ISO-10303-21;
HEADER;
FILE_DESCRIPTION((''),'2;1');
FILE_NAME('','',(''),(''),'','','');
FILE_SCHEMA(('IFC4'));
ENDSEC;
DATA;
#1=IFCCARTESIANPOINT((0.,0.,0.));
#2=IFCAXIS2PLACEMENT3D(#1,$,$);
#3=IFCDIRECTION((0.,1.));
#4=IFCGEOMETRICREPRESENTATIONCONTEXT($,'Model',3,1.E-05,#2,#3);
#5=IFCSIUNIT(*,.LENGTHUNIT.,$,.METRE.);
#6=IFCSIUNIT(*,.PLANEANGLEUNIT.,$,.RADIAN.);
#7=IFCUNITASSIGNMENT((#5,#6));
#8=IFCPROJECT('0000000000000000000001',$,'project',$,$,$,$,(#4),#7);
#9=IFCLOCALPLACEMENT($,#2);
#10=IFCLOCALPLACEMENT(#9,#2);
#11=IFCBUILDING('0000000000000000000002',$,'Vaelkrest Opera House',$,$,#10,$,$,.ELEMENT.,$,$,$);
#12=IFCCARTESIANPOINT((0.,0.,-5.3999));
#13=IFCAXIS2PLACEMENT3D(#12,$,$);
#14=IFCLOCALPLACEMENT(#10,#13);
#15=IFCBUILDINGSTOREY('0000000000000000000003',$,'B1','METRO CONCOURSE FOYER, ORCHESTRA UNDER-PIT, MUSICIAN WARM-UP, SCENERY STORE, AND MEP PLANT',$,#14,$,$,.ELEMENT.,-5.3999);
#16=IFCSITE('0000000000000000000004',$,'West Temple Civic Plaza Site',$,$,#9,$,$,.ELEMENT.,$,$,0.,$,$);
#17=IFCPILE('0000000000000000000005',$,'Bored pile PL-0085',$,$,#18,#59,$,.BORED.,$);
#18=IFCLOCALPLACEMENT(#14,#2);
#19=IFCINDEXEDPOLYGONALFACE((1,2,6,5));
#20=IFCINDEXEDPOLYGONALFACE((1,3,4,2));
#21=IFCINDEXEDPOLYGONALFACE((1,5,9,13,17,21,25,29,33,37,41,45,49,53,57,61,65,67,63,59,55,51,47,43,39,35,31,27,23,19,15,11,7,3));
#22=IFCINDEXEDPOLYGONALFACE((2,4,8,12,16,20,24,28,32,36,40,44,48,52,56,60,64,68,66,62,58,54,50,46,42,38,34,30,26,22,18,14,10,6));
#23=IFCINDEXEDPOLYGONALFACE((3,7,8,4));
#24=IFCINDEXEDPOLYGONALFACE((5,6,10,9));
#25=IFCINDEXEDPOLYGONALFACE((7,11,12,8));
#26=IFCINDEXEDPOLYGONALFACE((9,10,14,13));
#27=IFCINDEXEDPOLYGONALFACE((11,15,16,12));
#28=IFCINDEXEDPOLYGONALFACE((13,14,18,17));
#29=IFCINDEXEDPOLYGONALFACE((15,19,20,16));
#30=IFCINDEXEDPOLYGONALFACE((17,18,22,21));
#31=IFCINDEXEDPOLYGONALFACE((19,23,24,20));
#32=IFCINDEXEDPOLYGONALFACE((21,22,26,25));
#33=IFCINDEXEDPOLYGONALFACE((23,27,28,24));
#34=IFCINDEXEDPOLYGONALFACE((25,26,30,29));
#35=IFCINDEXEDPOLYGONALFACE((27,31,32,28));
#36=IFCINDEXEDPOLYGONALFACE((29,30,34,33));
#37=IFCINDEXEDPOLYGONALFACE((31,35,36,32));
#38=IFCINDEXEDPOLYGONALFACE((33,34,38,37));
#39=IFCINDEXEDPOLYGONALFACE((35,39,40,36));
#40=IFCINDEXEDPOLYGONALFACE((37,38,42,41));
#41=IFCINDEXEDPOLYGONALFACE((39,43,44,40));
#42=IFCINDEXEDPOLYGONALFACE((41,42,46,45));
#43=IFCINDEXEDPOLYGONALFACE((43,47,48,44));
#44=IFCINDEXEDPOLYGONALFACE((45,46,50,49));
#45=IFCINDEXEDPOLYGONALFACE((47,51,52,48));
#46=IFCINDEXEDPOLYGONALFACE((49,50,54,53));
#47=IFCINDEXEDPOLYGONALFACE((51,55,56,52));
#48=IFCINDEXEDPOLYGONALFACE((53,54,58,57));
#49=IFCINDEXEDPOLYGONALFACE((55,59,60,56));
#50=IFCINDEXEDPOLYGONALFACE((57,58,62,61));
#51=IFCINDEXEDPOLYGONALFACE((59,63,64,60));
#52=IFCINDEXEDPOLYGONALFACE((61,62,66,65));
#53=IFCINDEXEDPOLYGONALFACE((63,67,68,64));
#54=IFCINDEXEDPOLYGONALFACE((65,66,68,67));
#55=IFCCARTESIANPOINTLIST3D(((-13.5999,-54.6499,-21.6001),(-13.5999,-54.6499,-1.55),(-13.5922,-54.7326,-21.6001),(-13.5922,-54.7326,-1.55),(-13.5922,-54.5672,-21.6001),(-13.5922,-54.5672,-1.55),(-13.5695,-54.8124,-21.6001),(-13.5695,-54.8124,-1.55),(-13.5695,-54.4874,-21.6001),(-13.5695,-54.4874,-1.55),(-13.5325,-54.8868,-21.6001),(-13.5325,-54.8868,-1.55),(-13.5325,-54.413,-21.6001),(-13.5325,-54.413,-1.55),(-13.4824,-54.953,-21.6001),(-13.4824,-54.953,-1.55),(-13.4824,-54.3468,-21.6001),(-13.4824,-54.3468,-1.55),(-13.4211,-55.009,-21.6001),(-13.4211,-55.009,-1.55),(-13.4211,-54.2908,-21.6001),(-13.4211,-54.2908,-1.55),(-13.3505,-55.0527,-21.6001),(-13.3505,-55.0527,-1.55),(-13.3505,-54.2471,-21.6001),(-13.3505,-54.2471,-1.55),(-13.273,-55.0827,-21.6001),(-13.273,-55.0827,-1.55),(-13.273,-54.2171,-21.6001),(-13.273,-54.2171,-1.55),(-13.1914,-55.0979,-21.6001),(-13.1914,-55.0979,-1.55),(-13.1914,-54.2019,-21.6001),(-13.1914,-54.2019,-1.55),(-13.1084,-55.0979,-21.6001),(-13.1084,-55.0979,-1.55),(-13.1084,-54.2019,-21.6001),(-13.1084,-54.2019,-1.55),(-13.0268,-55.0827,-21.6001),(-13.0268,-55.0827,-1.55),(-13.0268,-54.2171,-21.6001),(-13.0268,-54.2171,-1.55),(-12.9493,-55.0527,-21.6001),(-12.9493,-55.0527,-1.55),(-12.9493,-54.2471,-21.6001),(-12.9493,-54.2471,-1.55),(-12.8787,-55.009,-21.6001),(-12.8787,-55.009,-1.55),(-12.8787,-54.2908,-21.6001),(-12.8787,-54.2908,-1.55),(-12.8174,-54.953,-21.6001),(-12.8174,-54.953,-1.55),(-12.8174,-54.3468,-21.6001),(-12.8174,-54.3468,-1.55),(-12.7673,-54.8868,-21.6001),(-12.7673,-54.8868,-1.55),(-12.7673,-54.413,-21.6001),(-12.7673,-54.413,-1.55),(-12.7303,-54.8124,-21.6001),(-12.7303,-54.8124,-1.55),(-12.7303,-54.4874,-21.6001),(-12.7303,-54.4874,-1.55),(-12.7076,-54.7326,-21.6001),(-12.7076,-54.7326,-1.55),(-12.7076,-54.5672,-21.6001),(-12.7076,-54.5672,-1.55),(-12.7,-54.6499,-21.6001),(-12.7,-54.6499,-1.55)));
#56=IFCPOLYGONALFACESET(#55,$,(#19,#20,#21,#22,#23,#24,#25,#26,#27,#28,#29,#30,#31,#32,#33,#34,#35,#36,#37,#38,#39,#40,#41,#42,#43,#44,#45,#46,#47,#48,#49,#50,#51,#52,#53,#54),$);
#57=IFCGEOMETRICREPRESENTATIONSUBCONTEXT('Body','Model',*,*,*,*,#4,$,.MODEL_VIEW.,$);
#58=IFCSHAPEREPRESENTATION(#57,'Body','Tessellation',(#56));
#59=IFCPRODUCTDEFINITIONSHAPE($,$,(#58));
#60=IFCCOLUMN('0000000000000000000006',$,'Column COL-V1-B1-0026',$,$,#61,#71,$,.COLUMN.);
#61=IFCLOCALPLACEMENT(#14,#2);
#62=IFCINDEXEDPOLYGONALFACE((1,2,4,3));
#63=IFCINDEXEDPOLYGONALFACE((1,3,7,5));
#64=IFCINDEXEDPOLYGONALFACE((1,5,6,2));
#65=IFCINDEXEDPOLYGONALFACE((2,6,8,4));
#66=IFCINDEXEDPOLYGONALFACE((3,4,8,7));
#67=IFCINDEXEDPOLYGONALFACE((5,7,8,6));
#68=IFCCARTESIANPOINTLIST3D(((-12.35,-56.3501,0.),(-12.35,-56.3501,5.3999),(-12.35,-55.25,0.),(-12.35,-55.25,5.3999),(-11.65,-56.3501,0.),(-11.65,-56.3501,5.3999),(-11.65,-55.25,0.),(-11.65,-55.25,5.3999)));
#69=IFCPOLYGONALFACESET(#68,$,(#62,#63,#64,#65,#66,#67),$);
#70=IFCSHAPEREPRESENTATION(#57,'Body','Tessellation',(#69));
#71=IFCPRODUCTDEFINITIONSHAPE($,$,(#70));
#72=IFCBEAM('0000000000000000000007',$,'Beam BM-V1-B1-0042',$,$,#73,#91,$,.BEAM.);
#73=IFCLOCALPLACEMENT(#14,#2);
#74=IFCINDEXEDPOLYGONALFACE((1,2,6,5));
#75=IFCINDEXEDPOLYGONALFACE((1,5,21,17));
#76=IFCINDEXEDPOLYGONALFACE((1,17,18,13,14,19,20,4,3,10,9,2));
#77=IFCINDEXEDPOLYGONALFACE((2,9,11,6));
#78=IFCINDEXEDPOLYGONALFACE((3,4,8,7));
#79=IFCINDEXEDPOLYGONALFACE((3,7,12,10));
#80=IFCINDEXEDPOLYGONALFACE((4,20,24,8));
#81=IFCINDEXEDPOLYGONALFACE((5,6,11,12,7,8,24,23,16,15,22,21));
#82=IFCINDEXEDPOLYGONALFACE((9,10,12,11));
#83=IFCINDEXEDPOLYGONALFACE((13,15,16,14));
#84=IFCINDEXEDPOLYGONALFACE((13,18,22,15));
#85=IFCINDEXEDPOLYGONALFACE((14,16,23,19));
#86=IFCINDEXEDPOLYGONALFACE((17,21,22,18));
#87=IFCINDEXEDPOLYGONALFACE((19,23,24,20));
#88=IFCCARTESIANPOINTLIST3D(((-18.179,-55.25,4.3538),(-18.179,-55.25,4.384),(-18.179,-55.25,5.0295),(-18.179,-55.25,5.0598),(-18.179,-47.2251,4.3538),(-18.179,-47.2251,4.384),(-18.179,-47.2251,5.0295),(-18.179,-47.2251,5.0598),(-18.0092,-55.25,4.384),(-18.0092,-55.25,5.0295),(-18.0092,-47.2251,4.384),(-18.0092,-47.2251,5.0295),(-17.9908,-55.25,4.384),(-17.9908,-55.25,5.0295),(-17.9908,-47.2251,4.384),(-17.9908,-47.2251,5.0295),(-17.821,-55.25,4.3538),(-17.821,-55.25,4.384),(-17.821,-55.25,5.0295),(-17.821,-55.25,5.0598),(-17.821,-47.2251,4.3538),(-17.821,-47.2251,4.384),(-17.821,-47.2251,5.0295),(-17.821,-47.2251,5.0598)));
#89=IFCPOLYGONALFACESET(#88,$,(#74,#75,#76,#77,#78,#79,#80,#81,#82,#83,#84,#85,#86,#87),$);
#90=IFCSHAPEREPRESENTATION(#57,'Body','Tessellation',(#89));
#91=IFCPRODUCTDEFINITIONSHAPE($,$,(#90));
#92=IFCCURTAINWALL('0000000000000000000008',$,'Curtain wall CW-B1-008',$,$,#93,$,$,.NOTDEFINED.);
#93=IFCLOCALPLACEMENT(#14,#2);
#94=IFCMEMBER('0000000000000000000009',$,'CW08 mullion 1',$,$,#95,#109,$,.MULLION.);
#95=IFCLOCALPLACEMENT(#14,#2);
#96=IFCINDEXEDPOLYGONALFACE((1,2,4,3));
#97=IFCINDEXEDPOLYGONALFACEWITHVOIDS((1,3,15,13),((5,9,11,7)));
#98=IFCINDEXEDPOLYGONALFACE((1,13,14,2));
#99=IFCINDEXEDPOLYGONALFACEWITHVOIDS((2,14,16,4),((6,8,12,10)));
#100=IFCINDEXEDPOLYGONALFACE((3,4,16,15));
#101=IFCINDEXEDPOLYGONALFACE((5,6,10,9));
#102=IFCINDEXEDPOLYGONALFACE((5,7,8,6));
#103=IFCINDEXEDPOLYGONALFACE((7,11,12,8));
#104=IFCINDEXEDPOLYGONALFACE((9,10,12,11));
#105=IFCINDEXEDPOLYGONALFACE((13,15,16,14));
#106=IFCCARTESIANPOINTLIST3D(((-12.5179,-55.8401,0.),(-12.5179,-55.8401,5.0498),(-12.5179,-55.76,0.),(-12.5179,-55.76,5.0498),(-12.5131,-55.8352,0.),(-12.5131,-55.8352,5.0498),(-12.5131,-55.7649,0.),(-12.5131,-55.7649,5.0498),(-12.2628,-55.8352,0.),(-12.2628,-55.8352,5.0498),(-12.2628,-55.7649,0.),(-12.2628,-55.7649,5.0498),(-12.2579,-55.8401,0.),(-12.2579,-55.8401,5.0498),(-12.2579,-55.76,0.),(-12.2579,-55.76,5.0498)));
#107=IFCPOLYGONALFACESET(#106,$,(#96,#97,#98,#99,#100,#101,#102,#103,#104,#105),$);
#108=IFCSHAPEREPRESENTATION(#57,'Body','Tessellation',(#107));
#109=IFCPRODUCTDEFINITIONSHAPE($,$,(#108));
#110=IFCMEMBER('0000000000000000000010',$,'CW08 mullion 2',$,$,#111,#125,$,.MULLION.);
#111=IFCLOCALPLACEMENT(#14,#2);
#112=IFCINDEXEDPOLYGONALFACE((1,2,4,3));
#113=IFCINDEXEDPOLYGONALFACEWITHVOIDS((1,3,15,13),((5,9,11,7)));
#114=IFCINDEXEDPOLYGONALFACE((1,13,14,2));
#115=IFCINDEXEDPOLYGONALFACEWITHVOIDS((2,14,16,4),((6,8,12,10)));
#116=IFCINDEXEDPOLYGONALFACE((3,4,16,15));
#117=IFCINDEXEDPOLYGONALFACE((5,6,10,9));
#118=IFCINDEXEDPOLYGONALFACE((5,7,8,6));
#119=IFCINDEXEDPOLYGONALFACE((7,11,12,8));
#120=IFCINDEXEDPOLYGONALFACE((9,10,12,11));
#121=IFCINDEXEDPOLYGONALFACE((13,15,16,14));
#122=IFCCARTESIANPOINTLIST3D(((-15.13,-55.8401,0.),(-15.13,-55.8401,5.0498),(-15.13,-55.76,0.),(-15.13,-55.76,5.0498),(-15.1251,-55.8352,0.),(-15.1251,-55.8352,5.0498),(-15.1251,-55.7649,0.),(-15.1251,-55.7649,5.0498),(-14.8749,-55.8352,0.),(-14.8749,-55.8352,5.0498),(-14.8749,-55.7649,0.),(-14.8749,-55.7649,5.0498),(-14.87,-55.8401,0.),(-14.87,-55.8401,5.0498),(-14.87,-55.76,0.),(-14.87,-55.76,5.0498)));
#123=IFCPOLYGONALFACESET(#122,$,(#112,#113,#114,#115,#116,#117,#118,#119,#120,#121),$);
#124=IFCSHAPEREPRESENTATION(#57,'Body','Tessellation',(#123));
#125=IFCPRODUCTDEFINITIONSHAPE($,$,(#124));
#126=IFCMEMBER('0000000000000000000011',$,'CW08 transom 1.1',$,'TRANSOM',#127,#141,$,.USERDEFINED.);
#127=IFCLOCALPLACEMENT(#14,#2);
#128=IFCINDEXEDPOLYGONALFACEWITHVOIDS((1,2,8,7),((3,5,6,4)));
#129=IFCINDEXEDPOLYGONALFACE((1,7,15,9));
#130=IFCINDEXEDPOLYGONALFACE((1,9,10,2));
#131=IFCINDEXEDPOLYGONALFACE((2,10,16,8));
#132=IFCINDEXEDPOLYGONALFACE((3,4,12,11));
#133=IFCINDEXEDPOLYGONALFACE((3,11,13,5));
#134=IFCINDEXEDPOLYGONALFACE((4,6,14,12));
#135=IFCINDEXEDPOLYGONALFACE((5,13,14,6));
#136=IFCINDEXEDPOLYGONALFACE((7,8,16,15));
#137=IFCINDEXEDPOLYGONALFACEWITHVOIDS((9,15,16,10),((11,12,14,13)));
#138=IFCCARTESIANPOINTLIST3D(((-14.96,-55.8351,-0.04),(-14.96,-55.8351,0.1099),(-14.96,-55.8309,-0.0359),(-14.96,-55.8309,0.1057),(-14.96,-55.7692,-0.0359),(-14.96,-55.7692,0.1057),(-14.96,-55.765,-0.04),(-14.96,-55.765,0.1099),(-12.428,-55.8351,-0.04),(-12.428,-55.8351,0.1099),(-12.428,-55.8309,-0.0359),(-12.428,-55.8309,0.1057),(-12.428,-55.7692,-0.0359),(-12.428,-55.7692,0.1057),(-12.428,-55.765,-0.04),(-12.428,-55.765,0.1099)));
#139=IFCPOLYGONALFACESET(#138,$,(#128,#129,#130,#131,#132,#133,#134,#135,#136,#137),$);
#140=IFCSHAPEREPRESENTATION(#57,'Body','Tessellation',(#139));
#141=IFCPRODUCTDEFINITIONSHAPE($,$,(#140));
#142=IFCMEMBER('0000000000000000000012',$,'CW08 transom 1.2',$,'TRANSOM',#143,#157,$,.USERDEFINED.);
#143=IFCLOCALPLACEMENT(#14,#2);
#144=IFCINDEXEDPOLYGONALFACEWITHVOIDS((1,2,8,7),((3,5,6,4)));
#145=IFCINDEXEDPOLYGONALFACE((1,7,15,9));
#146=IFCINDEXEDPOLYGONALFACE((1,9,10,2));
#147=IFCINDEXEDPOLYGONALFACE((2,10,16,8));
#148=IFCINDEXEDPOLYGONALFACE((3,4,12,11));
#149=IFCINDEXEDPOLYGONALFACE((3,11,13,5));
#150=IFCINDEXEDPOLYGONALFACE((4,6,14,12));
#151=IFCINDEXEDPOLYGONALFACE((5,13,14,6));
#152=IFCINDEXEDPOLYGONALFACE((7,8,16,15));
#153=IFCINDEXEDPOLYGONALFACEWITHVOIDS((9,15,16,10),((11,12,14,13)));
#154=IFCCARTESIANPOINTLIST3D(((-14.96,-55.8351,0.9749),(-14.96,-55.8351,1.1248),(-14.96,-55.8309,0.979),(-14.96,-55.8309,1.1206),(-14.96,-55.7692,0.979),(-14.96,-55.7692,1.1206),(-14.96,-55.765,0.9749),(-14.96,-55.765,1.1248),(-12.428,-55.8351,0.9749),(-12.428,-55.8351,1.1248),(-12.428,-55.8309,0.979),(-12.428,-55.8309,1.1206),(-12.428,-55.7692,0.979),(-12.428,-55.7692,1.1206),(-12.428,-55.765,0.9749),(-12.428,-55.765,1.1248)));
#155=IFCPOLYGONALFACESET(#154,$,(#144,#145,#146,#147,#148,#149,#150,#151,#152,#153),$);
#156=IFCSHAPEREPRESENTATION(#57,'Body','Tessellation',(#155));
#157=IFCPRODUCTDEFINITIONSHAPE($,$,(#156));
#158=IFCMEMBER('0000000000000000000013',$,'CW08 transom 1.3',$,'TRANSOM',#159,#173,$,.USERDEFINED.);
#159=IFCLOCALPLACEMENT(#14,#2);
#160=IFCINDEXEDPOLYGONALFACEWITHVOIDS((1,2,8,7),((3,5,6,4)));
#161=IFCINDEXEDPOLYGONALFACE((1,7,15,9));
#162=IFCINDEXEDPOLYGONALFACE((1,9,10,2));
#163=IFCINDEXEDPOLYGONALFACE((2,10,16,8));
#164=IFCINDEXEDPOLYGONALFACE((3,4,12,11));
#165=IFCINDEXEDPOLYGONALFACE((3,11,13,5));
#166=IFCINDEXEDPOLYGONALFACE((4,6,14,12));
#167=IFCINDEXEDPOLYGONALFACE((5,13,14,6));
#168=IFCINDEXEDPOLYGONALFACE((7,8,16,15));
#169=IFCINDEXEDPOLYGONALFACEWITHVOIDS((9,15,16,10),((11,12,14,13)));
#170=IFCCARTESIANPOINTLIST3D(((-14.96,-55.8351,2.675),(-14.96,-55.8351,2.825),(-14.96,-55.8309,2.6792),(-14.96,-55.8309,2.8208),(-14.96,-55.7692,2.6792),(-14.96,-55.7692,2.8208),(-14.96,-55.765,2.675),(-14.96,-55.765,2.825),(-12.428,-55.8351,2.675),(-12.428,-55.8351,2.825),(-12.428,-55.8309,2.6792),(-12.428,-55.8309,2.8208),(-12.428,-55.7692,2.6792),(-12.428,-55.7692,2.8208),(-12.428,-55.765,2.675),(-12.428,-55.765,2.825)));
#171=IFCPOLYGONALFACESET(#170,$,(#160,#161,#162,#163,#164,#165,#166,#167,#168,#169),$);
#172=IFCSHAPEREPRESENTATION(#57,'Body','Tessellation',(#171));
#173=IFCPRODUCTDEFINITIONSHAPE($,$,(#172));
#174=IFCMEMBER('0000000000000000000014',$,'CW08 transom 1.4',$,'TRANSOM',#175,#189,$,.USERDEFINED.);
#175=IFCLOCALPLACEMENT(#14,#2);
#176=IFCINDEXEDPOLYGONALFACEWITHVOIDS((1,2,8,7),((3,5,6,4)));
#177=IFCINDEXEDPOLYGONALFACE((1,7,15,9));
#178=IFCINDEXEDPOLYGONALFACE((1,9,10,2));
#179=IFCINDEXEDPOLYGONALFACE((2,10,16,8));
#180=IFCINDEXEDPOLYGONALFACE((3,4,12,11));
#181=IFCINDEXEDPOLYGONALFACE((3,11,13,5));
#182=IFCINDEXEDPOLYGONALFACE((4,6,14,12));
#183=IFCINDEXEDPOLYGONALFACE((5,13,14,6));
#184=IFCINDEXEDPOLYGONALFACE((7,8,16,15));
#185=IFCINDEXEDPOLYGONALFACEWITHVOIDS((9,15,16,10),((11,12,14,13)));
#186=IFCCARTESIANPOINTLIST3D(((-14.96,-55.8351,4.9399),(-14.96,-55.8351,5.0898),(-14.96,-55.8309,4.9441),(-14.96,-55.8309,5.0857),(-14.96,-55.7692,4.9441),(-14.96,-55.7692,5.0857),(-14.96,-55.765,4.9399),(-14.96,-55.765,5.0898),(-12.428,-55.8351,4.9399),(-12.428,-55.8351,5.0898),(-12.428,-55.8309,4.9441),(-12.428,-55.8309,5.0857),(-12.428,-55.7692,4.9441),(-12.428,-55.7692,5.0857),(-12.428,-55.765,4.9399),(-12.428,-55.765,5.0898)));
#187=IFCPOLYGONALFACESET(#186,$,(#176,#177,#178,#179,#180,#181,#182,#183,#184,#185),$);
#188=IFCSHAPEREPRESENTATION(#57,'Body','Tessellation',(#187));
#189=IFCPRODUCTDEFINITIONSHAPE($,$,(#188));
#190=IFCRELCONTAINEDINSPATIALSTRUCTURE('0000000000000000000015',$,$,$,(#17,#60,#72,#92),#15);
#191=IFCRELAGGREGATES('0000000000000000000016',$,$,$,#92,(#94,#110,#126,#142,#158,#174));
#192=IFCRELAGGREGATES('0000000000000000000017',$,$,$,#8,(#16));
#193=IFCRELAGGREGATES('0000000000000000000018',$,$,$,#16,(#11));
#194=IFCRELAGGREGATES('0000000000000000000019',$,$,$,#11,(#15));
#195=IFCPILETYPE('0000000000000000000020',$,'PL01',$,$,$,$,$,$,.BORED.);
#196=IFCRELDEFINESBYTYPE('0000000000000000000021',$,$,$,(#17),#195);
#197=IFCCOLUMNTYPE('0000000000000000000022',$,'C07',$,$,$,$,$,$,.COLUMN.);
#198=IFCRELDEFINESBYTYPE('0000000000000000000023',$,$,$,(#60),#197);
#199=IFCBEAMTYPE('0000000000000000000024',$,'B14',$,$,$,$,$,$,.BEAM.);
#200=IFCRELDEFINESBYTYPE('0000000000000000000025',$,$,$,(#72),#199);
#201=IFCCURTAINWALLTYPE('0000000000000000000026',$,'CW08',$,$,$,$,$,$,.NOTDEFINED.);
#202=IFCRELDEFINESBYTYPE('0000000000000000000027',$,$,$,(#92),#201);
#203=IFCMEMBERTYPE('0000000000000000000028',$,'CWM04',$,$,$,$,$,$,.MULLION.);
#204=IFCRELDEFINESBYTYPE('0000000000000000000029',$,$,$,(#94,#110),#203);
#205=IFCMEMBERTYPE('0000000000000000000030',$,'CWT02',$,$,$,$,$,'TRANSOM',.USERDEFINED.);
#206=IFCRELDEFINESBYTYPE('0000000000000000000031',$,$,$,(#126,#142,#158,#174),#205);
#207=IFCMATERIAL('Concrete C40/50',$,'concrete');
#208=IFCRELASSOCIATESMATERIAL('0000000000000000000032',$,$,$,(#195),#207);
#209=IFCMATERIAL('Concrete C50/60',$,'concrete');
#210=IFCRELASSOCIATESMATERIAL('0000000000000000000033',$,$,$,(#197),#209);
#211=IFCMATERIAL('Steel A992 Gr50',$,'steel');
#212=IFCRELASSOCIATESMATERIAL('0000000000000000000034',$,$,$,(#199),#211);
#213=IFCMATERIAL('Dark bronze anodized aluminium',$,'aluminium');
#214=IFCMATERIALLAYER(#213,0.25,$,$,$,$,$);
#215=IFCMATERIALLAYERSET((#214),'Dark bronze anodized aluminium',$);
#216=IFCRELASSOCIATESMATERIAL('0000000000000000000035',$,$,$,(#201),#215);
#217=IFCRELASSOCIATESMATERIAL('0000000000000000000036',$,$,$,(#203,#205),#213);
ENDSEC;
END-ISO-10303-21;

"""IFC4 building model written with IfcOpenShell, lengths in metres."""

from ifc_helpers import new_model, si_unit, direction, frame, origin, origin_2d, place, context, subcontext, project, spatial, rectangle, hollow_rectangle, circle, i_section, extrude, material, layer, layer_set, material_profile, profile_set, type_object, element, aggregate, save


model = new_model("IFC4")

# Units and contexts
model_context = context("Model", 3, precision=1e-05, world=origin(), true_north=direction((0.0, 1.0)))
body_context = subcontext(model_context, "Body", "Model", "MODEL_VIEW")
ifc_project = project(units=[si_unit("LENGTHUNIT", "METRE"), si_unit("PLANEANGLEUNIT", "RADIAN")], contexts=[model_context])

# Site, building, storey
site_placement = place(None, origin())
site = spatial("IfcSite", under=ifc_project, at=site_placement, Name="West Temple Civic Plaza Site", CompositionType="ELEMENT", RefElevation=0.0)
building_placement = place(site_placement, origin())
building = spatial("IfcBuilding", under=site, at=building_placement, Name="Vaelkrest Opera House", CompositionType="ELEMENT")
storey_placement = place(building_placement, frame((0.0, 0.0, -5.3999)))
storey = spatial("IfcBuildingStorey", under=building, at=storey_placement, Name="B1", Description="METRO CONCOURSE FOYER, ORCHESTRA UNDER-PIT, MUSICIAN WARM-UP, SCENERY STORE, AND MEP PLANT", CompositionType="ELEMENT", Elevation=-5.3999)

# Shared definitions
ifc_material_1 = material(Name="Concrete C40/50", Category="concrete")

# Pile
ifc_material_profile_1 = material_profile(ifc_material_1, circle(Radius=0.45, at=origin_2d()), Name="PILE900")
ifc_profile_set_1 = profile_set([ifc_material_profile_1], Name="Concrete C40/50")
pile_type = type_object("IfcPileType", Name="PL01", PredefinedType="BORED", material=ifc_profile_set_1)
pile_1_placement = place(storey_placement, frame((-13.1499, -54.6499, -1.55), z_axis=(0.0, 0.0, -1.0), x_axis=(1.0, 0.0, 0.0)))
element("IfcPile", 1, at=pile_1_placement, inside=storey, type_object=pile_type, Name="Bored pile PL-0085", PredefinedType="BORED", context=body_context, shape_type="SweptSolid", body=[
    extrude(circle(Radius=0.45, at=origin_2d()), origin(), (0.0, 0.0, 1.0), 20.05),
])

# Column
ifc_material_2 = material(Name="Concrete C50/60", Category="concrete")
ifc_material_profile_2 = material_profile(ifc_material_2, rectangle(XDim=0.7, YDim=1.1001, at=origin_2d()), Name="RC700X1100")
ifc_profile_set_2 = profile_set([ifc_material_profile_2], Name="Concrete C50/60")
column_type = type_object("IfcColumnType", Name="C07", PredefinedType="COLUMN", material=ifc_profile_set_2)
column_placement = place(storey_placement, frame((-12.0, -55.8, 0.0), z_axis=(0.0, 0.0, 1.0), x_axis=(1.0, 0.0, 0.0)))
element("IfcColumn", 2, at=column_placement, inside=storey, type_object=column_type, Name="Column COL-V1-B1-0026", PredefinedType="COLUMN", context=body_context, shape_type="SweptSolid", body=[
    extrude(rectangle(XDim=0.7, YDim=1.1001, at=origin_2d()), origin(), (0.0, 0.0, 1.0), 5.3999),
])

# Beam
ifc_material_3 = material(Name="Steel A992 Gr50", Category="steel")
ifc_material_profile_3 = material_profile(ifc_material_3, i_section(OverallWidth=0.3579, OverallDepth=0.7061, WebThickness=0.0183, FlangeThickness=0.0303, at=origin_2d()), Name="W27X178")
ifc_profile_set_3 = profile_set([ifc_material_profile_3], Name="Steel A992 Gr50")
beam_type = type_object("IfcBeamType", Name="B14", PredefinedType="BEAM", material=ifc_profile_set_3)
beam_placement = place(storey_placement, frame((-18.0, -55.25, 4.7068), z_axis=(0.0, 1.0, 0.0), x_axis=(-1.0, 0.0, 0.0)))
element("IfcBeam", 3, at=beam_placement, inside=storey, type_object=beam_type, Name="Beam BM-V1-B1-0042", PredefinedType="BEAM", context=body_context, shape_type="SweptSolid", body=[
    extrude(i_section(OverallWidth=0.3579, OverallDepth=0.7061, WebThickness=0.0183, FlangeThickness=0.0303, at=origin_2d()), origin(), (0.0, 0.0, 1.0), 8.0249),
])

# Curtain wall, members
ifc_material_4 = material(Name="Dark bronze anodized aluminium", Category="aluminium")
ifc_layer_1 = layer(ifc_material_4, 0.25)
ifc_layer_set_1 = layer_set([ifc_layer_1], Name="Dark bronze anodized aluminium")
curtain_wall_type = type_object("IfcCurtainWallType", Name="CW08", PredefinedType="NOTDEFINED", material=ifc_layer_set_1)
curtain_wall_placement = place(storey_placement, origin())
curtain_wall = element("IfcCurtainWall", 4, at=curtain_wall_placement, inside=storey, type_object=curtain_wall_type, Name="Curtain wall CW-B1-008", PredefinedType="NOTDEFINED")
ifc_material_profile_4 = material_profile(ifc_material_4, hollow_rectangle(XDim=0.0801, YDim=0.26, WallThickness=0.0049, at=origin_2d()), Name="CWM80X260")
ifc_profile_set_4 = profile_set([ifc_material_profile_4], Name="Dark bronze anodized aluminium")
member_type_1 = type_object("IfcMemberType", Name="CWM04", PredefinedType="MULLION", material=ifc_profile_set_4)
member_1_placement = place(storey_placement, frame((-12.3879, -55.8, 0.0), z_axis=(0.0, 0.0, 1.0), x_axis=(0.0, -1.0, 0.0)))
member_1 = element("IfcMember", 5, at=member_1_placement, type_object=member_type_1, Name="CW08 mullion 1", PredefinedType="MULLION", context=body_context, shape_type="SweptSolid", body=[
    extrude(hollow_rectangle(XDim=0.0801, YDim=0.26, WallThickness=0.0049, at=origin_2d()), origin(), (0.0, 0.0, 1.0), 5.0498),
])
member_2_placement = place(storey_placement, frame((-15.0, -55.8, 0.0), z_axis=(0.0, 0.0, 1.0), x_axis=(0.0, -1.0, 0.0)))
member_2 = element("IfcMember", 6, at=member_2_placement, type_object=member_type_1, Name="CW08 mullion 2", PredefinedType="MULLION", context=body_context, shape_type="SweptSolid", body=[
    extrude(hollow_rectangle(XDim=0.0801, YDim=0.26, WallThickness=0.0049, at=origin_2d()), origin(), (0.0, 0.0, 1.0), 5.0498),
])
ifc_material_profile_5 = material_profile(ifc_material_4, hollow_rectangle(XDim=0.0701, YDim=0.1499, WallThickness=0.0042, at=origin_2d()), Name="CWT70X150")
ifc_profile_set_5 = profile_set([ifc_material_profile_5], Name="Dark bronze anodized aluminium")
member_type_2 = type_object("IfcMemberType", Name="CWT02", ElementType="TRANSOM", PredefinedType="USERDEFINED", material=ifc_profile_set_5)
member_3_placement = place(storey_placement, frame((-12.428, -55.8, 0.0349), z_axis=(-1.0, 0.0, 0.0), x_axis=(0.0, -1.0, 0.0)))
member_3 = element("IfcMember", 7, at=member_3_placement, type_object=member_type_2, Name="CW08 transom 1.1", ObjectType="TRANSOM", PredefinedType="USERDEFINED", context=body_context, shape_type="SweptSolid", body=[
    extrude(hollow_rectangle(XDim=0.0701, YDim=0.1499, WallThickness=0.0042, at=origin_2d()), origin(), (0.0, 0.0, 1.0), 2.532),
])
member_4_placement = place(storey_placement, frame((-12.428, -55.8, 1.0498), z_axis=(-1.0, 0.0, 0.0), x_axis=(0.0, -1.0, 0.0)))
member_4 = element("IfcMember", 8, at=member_4_placement, type_object=member_type_2, Name="CW08 transom 1.2", ObjectType="TRANSOM", PredefinedType="USERDEFINED", context=body_context, shape_type="SweptSolid", body=[
    extrude(hollow_rectangle(XDim=0.0701, YDim=0.1499, WallThickness=0.0042, at=origin_2d()), origin(), (0.0, 0.0, 1.0), 2.532),
])
member_5_placement = place(storey_placement, frame((-12.428, -55.8, 2.75), z_axis=(-1.0, 0.0, 0.0), x_axis=(0.0, -1.0, 0.0)))
member_5 = element("IfcMember", 9, at=member_5_placement, type_object=member_type_2, Name="CW08 transom 1.3", ObjectType="TRANSOM", PredefinedType="USERDEFINED", context=body_context, shape_type="SweptSolid", body=[
    extrude(hollow_rectangle(XDim=0.0701, YDim=0.1499, WallThickness=0.0042, at=origin_2d()), origin(), (0.0, 0.0, 1.0), 2.532),
])
member_6_placement = place(storey_placement, frame((-12.428, -55.8, 5.0149), z_axis=(-1.0, 0.0, 0.0), x_axis=(0.0, -1.0, 0.0)))
member_6 = element("IfcMember", 10, at=member_6_placement, type_object=member_type_2, Name="CW08 transom 1.4", ObjectType="TRANSOM", PredefinedType="USERDEFINED", context=body_context, shape_type="SweptSolid", body=[
    extrude(hollow_rectangle(XDim=0.0701, YDim=0.1499, WallThickness=0.0042, at=origin_2d()), origin(), (0.0, 0.0, 1.0), 2.532),
])
aggregate(curtain_wall, [member_1, member_2, member_3, member_4, member_5, member_6])

save(model, "model.ifc")
